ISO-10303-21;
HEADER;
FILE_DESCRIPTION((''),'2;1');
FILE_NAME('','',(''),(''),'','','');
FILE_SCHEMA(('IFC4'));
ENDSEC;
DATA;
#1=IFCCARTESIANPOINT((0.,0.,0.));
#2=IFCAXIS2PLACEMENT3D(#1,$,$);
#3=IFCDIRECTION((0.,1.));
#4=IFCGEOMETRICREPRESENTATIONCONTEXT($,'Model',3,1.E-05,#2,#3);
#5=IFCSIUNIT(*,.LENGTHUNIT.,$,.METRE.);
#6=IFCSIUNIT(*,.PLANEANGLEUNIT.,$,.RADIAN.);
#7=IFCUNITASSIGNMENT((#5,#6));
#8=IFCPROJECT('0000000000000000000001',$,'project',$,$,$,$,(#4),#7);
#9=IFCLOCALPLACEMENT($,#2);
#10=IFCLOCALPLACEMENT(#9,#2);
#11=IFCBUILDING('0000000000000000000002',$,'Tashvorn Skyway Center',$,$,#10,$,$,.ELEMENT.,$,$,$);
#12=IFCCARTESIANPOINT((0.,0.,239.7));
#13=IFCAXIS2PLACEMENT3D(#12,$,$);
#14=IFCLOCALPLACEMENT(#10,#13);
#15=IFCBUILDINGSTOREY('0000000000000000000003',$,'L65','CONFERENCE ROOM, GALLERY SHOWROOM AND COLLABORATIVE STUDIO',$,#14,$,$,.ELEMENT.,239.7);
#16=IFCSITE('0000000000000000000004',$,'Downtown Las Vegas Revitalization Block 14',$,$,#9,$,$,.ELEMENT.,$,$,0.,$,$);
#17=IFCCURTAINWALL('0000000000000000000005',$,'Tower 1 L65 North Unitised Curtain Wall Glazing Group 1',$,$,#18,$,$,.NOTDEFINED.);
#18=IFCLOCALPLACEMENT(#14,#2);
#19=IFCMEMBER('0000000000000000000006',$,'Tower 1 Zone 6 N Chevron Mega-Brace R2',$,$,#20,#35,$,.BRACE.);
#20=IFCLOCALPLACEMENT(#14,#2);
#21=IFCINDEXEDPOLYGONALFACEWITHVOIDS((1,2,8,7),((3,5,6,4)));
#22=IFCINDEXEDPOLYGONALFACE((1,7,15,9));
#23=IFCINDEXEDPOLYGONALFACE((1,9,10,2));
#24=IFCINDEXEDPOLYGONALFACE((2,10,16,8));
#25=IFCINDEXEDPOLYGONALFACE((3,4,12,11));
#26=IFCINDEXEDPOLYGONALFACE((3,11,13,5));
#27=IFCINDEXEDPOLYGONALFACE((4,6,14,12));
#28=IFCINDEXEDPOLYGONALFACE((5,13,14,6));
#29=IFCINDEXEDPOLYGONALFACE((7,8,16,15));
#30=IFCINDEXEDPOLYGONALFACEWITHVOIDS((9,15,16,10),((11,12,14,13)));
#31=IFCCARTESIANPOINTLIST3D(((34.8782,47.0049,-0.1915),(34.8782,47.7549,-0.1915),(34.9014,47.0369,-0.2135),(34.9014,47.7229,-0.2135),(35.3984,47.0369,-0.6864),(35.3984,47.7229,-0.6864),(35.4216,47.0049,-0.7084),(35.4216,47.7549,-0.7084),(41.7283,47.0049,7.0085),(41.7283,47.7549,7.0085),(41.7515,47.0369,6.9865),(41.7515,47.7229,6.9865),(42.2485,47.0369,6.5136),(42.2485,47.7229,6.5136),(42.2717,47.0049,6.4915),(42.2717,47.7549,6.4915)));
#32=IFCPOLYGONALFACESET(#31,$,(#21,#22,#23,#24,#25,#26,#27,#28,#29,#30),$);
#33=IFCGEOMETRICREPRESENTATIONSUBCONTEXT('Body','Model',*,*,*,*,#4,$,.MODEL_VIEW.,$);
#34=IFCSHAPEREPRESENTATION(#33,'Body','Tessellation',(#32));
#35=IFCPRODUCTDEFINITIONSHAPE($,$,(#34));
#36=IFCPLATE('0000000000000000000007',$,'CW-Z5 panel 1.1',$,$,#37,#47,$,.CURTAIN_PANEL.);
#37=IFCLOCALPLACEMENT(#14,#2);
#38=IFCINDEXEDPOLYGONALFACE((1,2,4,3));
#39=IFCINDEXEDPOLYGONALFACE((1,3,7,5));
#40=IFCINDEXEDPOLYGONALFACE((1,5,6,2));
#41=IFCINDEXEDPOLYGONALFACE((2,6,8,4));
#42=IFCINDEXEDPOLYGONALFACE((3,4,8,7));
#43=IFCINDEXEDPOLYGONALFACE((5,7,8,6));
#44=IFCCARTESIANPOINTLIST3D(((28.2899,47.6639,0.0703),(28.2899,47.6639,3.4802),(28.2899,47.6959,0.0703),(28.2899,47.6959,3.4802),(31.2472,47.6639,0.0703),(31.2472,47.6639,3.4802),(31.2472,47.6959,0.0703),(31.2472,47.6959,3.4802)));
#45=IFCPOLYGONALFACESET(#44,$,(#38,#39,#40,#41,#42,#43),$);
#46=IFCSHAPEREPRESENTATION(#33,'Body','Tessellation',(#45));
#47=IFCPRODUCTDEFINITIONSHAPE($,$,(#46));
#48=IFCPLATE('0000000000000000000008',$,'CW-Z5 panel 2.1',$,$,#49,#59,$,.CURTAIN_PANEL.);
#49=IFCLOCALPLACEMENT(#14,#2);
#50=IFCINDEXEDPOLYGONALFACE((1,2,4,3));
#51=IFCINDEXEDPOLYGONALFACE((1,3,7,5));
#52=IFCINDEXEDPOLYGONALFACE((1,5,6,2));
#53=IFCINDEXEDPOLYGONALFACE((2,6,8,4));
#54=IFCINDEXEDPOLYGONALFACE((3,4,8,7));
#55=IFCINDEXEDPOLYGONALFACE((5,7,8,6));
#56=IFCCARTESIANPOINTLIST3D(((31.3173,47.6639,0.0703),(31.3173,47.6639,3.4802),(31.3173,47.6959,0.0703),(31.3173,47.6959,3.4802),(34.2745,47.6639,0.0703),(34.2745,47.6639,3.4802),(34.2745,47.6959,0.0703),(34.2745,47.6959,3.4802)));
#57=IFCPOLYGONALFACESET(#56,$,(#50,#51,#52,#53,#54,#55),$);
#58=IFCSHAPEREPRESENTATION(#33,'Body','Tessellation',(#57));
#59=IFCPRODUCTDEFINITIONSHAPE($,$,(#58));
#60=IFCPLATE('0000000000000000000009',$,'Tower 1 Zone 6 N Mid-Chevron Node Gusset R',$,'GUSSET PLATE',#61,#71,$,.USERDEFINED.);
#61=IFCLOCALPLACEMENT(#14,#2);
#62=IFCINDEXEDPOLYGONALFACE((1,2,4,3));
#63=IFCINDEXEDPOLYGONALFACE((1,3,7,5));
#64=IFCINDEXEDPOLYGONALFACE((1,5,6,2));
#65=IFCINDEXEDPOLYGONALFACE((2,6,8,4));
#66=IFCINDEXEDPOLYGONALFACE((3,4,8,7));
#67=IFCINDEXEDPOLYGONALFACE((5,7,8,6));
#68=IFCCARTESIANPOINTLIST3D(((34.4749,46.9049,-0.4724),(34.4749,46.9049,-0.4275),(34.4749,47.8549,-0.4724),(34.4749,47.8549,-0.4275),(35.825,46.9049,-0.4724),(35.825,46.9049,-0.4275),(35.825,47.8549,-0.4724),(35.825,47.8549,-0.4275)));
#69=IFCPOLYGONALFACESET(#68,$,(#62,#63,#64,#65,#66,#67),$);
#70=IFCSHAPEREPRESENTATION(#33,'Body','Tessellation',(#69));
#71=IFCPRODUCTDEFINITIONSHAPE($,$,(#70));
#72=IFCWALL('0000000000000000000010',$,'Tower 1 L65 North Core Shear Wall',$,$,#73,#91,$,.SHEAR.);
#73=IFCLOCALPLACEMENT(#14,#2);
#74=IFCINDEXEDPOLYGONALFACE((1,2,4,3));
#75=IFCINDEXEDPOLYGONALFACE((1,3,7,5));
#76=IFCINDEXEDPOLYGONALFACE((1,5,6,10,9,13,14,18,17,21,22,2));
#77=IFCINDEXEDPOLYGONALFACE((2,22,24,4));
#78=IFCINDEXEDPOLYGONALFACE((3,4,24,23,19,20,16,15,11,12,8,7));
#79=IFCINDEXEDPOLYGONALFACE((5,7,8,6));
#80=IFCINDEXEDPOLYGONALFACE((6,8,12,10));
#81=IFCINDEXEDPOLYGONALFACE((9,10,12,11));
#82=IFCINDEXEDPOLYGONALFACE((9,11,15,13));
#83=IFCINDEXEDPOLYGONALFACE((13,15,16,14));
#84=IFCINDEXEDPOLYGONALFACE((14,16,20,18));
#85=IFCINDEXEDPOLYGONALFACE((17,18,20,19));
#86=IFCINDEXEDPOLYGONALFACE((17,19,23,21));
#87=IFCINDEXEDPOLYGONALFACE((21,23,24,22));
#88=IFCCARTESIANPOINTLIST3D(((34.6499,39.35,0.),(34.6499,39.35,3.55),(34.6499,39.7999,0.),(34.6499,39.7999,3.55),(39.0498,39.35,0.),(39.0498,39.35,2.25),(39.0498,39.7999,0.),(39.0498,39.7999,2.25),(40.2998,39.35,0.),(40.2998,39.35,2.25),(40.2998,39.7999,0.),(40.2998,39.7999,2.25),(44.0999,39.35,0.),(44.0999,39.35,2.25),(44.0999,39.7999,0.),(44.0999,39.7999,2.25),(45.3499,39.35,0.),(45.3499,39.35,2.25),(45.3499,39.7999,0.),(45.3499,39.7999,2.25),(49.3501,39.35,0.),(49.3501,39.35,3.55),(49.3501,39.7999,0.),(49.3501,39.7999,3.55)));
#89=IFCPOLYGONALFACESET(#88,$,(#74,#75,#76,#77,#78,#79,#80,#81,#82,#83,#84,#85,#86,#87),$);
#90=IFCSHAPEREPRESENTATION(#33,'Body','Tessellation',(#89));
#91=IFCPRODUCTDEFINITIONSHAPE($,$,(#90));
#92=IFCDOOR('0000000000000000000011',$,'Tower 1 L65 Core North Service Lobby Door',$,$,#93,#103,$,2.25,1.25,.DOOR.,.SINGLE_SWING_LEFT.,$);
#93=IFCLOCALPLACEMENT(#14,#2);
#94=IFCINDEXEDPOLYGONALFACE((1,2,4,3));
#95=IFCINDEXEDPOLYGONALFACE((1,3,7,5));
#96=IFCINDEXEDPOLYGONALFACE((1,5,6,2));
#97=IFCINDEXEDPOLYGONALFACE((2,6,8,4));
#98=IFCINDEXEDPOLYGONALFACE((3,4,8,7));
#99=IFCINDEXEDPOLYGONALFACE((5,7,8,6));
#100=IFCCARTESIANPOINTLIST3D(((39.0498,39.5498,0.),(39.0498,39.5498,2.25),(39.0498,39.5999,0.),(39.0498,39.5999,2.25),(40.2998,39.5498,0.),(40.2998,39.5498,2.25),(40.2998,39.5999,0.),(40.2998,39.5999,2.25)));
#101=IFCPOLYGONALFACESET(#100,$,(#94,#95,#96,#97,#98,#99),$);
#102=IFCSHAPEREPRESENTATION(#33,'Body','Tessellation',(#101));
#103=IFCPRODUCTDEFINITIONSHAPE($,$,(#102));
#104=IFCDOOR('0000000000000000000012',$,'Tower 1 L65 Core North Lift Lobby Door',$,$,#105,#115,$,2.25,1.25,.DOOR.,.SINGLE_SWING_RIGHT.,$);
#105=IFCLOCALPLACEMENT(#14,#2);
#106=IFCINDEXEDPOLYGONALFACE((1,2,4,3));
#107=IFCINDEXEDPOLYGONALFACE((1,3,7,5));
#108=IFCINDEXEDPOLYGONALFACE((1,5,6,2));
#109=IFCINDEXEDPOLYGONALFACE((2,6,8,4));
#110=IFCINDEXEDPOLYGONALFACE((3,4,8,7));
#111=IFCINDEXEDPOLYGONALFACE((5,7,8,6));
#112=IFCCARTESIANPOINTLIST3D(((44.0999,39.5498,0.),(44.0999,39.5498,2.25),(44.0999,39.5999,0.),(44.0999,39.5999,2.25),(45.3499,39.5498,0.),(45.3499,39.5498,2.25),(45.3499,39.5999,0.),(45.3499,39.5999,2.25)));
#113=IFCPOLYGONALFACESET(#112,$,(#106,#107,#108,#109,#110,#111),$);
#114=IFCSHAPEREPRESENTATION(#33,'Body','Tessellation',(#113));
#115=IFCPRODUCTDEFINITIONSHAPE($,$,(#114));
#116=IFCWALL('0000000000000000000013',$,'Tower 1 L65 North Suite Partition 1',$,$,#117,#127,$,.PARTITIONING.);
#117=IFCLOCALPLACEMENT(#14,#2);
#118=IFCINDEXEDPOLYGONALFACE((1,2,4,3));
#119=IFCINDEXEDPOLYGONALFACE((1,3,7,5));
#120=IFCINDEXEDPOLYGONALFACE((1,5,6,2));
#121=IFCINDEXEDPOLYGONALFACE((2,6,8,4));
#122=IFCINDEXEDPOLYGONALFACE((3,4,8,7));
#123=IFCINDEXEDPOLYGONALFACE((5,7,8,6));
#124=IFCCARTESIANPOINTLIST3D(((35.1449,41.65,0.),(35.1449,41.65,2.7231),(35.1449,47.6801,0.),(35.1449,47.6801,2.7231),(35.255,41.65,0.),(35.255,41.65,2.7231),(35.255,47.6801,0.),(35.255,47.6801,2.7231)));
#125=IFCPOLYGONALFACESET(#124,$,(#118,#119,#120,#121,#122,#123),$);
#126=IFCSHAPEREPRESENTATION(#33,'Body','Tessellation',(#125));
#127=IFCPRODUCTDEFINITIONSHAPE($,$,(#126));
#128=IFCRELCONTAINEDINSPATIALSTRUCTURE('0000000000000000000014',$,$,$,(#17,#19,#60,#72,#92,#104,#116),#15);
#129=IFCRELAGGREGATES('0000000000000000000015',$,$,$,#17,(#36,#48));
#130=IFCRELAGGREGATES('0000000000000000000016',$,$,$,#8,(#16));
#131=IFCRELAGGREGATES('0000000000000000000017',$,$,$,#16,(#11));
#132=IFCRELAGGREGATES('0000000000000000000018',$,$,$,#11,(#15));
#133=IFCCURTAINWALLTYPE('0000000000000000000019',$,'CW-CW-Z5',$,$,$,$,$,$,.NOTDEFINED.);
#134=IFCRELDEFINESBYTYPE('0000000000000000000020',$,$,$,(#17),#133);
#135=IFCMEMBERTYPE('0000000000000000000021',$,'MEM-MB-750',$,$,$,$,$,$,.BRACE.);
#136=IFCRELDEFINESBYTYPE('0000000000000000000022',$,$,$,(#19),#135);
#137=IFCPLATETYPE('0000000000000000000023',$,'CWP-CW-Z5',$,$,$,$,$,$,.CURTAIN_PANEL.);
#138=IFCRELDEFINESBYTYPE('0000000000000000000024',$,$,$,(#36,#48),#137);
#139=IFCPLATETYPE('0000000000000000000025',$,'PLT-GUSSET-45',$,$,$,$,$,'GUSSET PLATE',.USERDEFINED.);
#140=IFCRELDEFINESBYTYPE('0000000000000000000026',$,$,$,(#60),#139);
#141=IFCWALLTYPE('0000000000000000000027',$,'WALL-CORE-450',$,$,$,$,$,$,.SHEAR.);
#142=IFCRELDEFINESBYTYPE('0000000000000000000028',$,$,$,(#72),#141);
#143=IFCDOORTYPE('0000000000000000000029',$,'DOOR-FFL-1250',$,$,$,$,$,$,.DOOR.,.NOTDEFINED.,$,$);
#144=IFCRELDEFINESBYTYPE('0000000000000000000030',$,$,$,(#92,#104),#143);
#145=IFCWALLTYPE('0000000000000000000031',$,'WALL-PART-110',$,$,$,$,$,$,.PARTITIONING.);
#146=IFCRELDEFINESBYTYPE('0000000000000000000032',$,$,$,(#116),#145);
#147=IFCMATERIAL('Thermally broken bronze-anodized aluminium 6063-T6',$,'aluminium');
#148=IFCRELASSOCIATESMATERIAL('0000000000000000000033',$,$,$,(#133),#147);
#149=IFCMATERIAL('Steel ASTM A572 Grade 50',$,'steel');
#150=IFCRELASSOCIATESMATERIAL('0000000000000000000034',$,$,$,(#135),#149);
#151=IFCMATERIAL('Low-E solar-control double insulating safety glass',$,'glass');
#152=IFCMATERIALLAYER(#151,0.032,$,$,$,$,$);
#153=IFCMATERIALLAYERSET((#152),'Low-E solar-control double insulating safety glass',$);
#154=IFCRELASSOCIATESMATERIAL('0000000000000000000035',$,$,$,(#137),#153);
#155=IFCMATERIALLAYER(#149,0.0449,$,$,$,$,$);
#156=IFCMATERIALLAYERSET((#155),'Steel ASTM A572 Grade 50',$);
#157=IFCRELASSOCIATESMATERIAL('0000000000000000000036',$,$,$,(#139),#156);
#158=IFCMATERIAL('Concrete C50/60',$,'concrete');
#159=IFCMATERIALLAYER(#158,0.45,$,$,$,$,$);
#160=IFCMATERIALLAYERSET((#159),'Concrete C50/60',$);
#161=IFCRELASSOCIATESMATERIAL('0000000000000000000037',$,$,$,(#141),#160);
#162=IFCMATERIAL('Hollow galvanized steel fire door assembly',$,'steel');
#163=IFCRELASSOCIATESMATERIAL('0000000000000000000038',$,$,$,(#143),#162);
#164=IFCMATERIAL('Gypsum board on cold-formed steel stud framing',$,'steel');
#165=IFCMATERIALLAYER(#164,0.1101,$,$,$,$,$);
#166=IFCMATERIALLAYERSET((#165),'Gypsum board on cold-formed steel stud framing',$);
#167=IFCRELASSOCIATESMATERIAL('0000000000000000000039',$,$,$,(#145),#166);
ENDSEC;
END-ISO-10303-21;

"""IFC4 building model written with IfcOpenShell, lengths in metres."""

from ifc_helpers import new_model, si_unit, direction, frame, frame_2d, origin, origin_2d, place, context, subcontext, project, spatial, rectangle, hollow_rectangle, extrude, material, layer, layer_set, material_profile, profile_set, type_object, element, fill, aggregate, save


model = new_model("IFC4")

# Units and contexts
model_context = context("Model", 3, precision=1e-05, world=origin(), true_north=direction((0.0, 1.0)))
body_context = subcontext(model_context, "Body", "Model", "MODEL_VIEW")
ifc_project = project(units=[si_unit("LENGTHUNIT", "METRE"), si_unit("PLANEANGLEUNIT", "RADIAN")], contexts=[model_context])

# Site, building, storey
site_placement = place(None, origin())
site = spatial("IfcSite", under=ifc_project, at=site_placement, Name="Downtown Las Vegas Revitalization Block 14", CompositionType="ELEMENT", RefElevation=0.0)
building_placement = place(site_placement, origin())
building = spatial("IfcBuilding", under=site, at=building_placement, Name="Tashvorn Skyway Center", CompositionType="ELEMENT")
storey_placement = place(building_placement, frame((0.0, 0.0, 239.7)))
storey = spatial("IfcBuildingStorey", under=building, at=storey_placement, Name="L65", Description="CONFERENCE ROOM, GALLERY SHOWROOM AND COLLABORATIVE STUDIO", CompositionType="ELEMENT", Elevation=239.7)

# Shared definitions
ifc_material_1 = material(Name="Steel ASTM A572 Grade 50", Category="steel")

# Curtain wall
ifc_material_2 = material(Name="Thermally broken bronze-anodized aluminium 6063-T6", Category="aluminium")
curtain_wall_type = type_object("IfcCurtainWallType", Name="CW-CW-Z5", PredefinedType="NOTDEFINED", material=ifc_material_2)
curtain_wall_placement = place(storey_placement, origin())
curtain_wall = element("IfcCurtainWall", 1, at=curtain_wall_placement, inside=storey, type_object=curtain_wall_type, Name="Tower 1 L65 North Unitised Curtain Wall Glazing Group 1", PredefinedType="NOTDEFINED")

# Member
ifc_material_profile_1 = material_profile(ifc_material_1, hollow_rectangle(XDim=0.75, YDim=0.75, WallThickness=0.032, at=origin_2d()), Name="BOX750x750x32")
ifc_profile_set_1 = profile_set([ifc_material_profile_1], Name="Steel ASTM A572 Grade 50")
member_type_1 = type_object("IfcMemberType", Name="MEM-MB-750", PredefinedType="BRACE", material=ifc_profile_set_1)
member_1_placement = place(storey_placement, frame((35.1499, 47.3799, -0.45), z_axis=(0.689286, 0.0, 0.72449), x_axis=(0.0, 1.0, 0.0)))
element("IfcMember", 2, at=member_1_placement, inside=storey, type_object=member_type_1, Name="Tower 1 Zone 6 N Chevron Mega-Brace R2", PredefinedType="BRACE", context=body_context, shape_type="SweptSolid", body=[
    extrude(hollow_rectangle(XDim=0.75, YDim=0.75, WallThickness=0.032, at=origin_2d()), origin(), (0.0, 0.0, 1.0), 9.938),
])

# Plates
ifc_material_3 = material(Name="Low-E solar-control double insulating safety glass", Category="glass")
ifc_layer_1 = layer(ifc_material_3, 0.032)
ifc_layer_set_1 = layer_set([ifc_layer_1], Name="Low-E solar-control double insulating safety glass")
plate_type_1 = type_object("IfcPlateType", Name="CWP-CW-Z5", PredefinedType="CURTAIN_PANEL", material=ifc_layer_set_1)
plate_1_placement = place(storey_placement, frame((29.7686, 47.6799, 0.0703), z_axis=(0.0, 0.0, 1.0), x_axis=(1.0, 0.0, 0.0)))
plate_1 = element("IfcPlate", 3, at=plate_1_placement, type_object=plate_type_1, Name="CW-Z5 panel 1.1", PredefinedType="CURTAIN_PANEL", context=body_context, shape_type="SweptSolid", body=[
    extrude(rectangle(XDim=2.9573, YDim=0.032, at=origin_2d()), origin(), (0.0, 0.0, 1.0), 3.4099),
])
plate_2_placement = place(storey_placement, frame((32.7959, 47.6799, 0.0703), z_axis=(0.0, 0.0, 1.0), x_axis=(1.0, 0.0, 0.0)))
plate_2 = element("IfcPlate", 4, at=plate_2_placement, type_object=plate_type_1, Name="CW-Z5 panel 2.1", PredefinedType="CURTAIN_PANEL", context=body_context, shape_type="SweptSolid", body=[
    extrude(rectangle(XDim=2.9573, YDim=0.032, at=origin_2d()), origin(), (0.0, 0.0, 1.0), 3.4099),
])
aggregate(curtain_wall, [plate_1, plate_2])
ifc_layer_2 = layer(ifc_material_1, 0.0449)
ifc_layer_set_2 = layer_set([ifc_layer_2], Name="Steel ASTM A572 Grade 50")
plate_type_2 = type_object("IfcPlateType", Name="PLT-GUSSET-45", ElementType="GUSSET PLATE", PredefinedType="USERDEFINED", material=ifc_layer_set_2)
plate_3_placement = place(storey_placement, frame((35.1499, 47.3799, -0.4724), z_axis=(0.0, 0.0, 1.0), x_axis=(-1.0, 0.0, 0.0)))
element("IfcPlate", 5, at=plate_3_placement, inside=storey, type_object=plate_type_2, Name="Tower 1 Zone 6 N Mid-Chevron Node Gusset R", ObjectType="GUSSET PLATE", PredefinedType="USERDEFINED", context=body_context, shape_type="SweptSolid", body=[
    extrude(rectangle(XDim=1.3501, YDim=0.95, at=origin_2d()), origin(), (0.0, 0.0, 1.0), 0.0449),
])

# Wall, openings, doors
ifc_material_4 = material(Name="Concrete C50/60", Category="concrete")
ifc_layer_3 = layer(ifc_material_4, 0.45)
ifc_layer_set_3 = layer_set([ifc_layer_3], Name="Concrete C50/60")
wall_type_1 = type_object("IfcWallType", Name="WALL-CORE-450", PredefinedType="SHEAR", material=ifc_layer_set_3)
wall_1_placement = place(storey_placement, frame((34.6499, 39.575, 0.0), z_axis=(0.0, 0.0, 1.0), x_axis=(1.0, 0.0, 0.0)))
wall_1 = element("IfcWall", 6, at=wall_1_placement, inside=storey, type_object=wall_type_1, Name="Tower 1 L65 North Core Shear Wall", PredefinedType="SHEAR", context=body_context, shape_type="SweptSolid", body=[
    extrude(rectangle(XDim=14.7002, YDim=0.45, at=frame_2d((7.3501, 0.0))), origin(), (0.0, 0.0, 1.0), 3.55),
])
opening_1_placement = place(wall_1_placement, frame((4.3999, 0.0, 0.0)))
opening_1 = element("IfcOpeningElement", 7, at=opening_1_placement, cuts=wall_1, PredefinedType="OPENING", context=body_context, shape_type="SweptSolid", body=[
    extrude(rectangle(XDim=1.25, YDim=2.25, at=frame_2d((0.625, 1.125))), frame((0.0, 0.2349, 0.0), z_axis=(0.0, -1.0, 0.0), x_axis=(1.0, 0.0, 0.0)), (0.0, 0.0, 1.0), 0.47),
])
opening_2_placement = place(wall_1_placement, frame((9.45, 0.0, 0.0)))
opening_2 = element("IfcOpeningElement", 8, at=opening_2_placement, cuts=wall_1, PredefinedType="OPENING", context=body_context, shape_type="SweptSolid", body=[
    extrude(rectangle(XDim=1.25, YDim=2.25, at=frame_2d((0.625, 1.125))), frame((0.0, 0.2349, 0.0), z_axis=(0.0, -1.0, 0.0), x_axis=(1.0, 0.0, 0.0)), (0.0, 0.0, 1.0), 0.47),
])
ifc_material_5 = material(Name="Hollow galvanized steel fire door assembly", Category="steel")
door_type_1 = type_object("IfcDoorType", Name="DOOR-FFL-1250", OperationType="NOTDEFINED", PredefinedType="DOOR", material=ifc_material_5)
door_1_placement = place(opening_1_placement, origin())
door_1 = element("IfcDoor", 9, at=door_1_placement, inside=storey, type_object=door_type_1, Name="Tower 1 L65 Core North Service Lobby Door", OperationType="SINGLE_SWING_LEFT", OverallHeight=2.25, OverallWidth=1.25, PredefinedType="DOOR", context=body_context, shape_type="SweptSolid", body=[
    extrude(rectangle(XDim=1.25, YDim=2.25, at=frame_2d((0.625, 1.125))), frame((0.0, 0.0249, 0.0), z_axis=(0.0, -1.0, 0.0), x_axis=(1.0, 0.0, 0.0)), (0.0, 0.0, 1.0), 0.05),
])
fill(opening_1, door_1)
door_2_placement = place(opening_2_placement, origin())
door_2 = element("IfcDoor", 10, at=door_2_placement, inside=storey, type_object=door_type_1, Name="Tower 1 L65 Core North Lift Lobby Door", OperationType="SINGLE_SWING_RIGHT", OverallHeight=2.25, OverallWidth=1.25, PredefinedType="DOOR", context=body_context, shape_type="SweptSolid", body=[
    extrude(rectangle(XDim=1.25, YDim=2.25, at=frame_2d((0.625, 1.125))), frame((0.0, 0.0249, 0.0), z_axis=(0.0, -1.0, 0.0), x_axis=(1.0, 0.0, 0.0)), (0.0, 0.0, 1.0), 0.05),
])
fill(opening_2, door_2)

# Wall
ifc_material_6 = material(Name="Gypsum board on cold-formed steel stud framing", Category="steel")
ifc_layer_4 = layer(ifc_material_6, 0.1101)
ifc_layer_set_4 = layer_set([ifc_layer_4], Name="Gypsum board on cold-formed steel stud framing")
wall_type_2 = type_object("IfcWallType", Name="WALL-PART-110", PredefinedType="PARTITIONING", material=ifc_layer_set_4)
wall_2_placement = place(storey_placement, frame((35.2, 41.6499, 0.0), z_axis=(0.0, 0.0, 1.0), x_axis=(0.0, 1.0, 0.0)))
element("IfcWall", 11, at=wall_2_placement, inside=storey, type_object=wall_type_2, Name="Tower 1 L65 North Suite Partition 1", PredefinedType="PARTITIONING", context=body_context, shape_type="SweptSolid", body=[
    extrude(rectangle(XDim=6.03, YDim=0.1101, at=frame_2d((3.0151, 0.0))), origin(), (0.0, 0.0, 1.0), 2.7231),
])

save(model, "model.ifc")
